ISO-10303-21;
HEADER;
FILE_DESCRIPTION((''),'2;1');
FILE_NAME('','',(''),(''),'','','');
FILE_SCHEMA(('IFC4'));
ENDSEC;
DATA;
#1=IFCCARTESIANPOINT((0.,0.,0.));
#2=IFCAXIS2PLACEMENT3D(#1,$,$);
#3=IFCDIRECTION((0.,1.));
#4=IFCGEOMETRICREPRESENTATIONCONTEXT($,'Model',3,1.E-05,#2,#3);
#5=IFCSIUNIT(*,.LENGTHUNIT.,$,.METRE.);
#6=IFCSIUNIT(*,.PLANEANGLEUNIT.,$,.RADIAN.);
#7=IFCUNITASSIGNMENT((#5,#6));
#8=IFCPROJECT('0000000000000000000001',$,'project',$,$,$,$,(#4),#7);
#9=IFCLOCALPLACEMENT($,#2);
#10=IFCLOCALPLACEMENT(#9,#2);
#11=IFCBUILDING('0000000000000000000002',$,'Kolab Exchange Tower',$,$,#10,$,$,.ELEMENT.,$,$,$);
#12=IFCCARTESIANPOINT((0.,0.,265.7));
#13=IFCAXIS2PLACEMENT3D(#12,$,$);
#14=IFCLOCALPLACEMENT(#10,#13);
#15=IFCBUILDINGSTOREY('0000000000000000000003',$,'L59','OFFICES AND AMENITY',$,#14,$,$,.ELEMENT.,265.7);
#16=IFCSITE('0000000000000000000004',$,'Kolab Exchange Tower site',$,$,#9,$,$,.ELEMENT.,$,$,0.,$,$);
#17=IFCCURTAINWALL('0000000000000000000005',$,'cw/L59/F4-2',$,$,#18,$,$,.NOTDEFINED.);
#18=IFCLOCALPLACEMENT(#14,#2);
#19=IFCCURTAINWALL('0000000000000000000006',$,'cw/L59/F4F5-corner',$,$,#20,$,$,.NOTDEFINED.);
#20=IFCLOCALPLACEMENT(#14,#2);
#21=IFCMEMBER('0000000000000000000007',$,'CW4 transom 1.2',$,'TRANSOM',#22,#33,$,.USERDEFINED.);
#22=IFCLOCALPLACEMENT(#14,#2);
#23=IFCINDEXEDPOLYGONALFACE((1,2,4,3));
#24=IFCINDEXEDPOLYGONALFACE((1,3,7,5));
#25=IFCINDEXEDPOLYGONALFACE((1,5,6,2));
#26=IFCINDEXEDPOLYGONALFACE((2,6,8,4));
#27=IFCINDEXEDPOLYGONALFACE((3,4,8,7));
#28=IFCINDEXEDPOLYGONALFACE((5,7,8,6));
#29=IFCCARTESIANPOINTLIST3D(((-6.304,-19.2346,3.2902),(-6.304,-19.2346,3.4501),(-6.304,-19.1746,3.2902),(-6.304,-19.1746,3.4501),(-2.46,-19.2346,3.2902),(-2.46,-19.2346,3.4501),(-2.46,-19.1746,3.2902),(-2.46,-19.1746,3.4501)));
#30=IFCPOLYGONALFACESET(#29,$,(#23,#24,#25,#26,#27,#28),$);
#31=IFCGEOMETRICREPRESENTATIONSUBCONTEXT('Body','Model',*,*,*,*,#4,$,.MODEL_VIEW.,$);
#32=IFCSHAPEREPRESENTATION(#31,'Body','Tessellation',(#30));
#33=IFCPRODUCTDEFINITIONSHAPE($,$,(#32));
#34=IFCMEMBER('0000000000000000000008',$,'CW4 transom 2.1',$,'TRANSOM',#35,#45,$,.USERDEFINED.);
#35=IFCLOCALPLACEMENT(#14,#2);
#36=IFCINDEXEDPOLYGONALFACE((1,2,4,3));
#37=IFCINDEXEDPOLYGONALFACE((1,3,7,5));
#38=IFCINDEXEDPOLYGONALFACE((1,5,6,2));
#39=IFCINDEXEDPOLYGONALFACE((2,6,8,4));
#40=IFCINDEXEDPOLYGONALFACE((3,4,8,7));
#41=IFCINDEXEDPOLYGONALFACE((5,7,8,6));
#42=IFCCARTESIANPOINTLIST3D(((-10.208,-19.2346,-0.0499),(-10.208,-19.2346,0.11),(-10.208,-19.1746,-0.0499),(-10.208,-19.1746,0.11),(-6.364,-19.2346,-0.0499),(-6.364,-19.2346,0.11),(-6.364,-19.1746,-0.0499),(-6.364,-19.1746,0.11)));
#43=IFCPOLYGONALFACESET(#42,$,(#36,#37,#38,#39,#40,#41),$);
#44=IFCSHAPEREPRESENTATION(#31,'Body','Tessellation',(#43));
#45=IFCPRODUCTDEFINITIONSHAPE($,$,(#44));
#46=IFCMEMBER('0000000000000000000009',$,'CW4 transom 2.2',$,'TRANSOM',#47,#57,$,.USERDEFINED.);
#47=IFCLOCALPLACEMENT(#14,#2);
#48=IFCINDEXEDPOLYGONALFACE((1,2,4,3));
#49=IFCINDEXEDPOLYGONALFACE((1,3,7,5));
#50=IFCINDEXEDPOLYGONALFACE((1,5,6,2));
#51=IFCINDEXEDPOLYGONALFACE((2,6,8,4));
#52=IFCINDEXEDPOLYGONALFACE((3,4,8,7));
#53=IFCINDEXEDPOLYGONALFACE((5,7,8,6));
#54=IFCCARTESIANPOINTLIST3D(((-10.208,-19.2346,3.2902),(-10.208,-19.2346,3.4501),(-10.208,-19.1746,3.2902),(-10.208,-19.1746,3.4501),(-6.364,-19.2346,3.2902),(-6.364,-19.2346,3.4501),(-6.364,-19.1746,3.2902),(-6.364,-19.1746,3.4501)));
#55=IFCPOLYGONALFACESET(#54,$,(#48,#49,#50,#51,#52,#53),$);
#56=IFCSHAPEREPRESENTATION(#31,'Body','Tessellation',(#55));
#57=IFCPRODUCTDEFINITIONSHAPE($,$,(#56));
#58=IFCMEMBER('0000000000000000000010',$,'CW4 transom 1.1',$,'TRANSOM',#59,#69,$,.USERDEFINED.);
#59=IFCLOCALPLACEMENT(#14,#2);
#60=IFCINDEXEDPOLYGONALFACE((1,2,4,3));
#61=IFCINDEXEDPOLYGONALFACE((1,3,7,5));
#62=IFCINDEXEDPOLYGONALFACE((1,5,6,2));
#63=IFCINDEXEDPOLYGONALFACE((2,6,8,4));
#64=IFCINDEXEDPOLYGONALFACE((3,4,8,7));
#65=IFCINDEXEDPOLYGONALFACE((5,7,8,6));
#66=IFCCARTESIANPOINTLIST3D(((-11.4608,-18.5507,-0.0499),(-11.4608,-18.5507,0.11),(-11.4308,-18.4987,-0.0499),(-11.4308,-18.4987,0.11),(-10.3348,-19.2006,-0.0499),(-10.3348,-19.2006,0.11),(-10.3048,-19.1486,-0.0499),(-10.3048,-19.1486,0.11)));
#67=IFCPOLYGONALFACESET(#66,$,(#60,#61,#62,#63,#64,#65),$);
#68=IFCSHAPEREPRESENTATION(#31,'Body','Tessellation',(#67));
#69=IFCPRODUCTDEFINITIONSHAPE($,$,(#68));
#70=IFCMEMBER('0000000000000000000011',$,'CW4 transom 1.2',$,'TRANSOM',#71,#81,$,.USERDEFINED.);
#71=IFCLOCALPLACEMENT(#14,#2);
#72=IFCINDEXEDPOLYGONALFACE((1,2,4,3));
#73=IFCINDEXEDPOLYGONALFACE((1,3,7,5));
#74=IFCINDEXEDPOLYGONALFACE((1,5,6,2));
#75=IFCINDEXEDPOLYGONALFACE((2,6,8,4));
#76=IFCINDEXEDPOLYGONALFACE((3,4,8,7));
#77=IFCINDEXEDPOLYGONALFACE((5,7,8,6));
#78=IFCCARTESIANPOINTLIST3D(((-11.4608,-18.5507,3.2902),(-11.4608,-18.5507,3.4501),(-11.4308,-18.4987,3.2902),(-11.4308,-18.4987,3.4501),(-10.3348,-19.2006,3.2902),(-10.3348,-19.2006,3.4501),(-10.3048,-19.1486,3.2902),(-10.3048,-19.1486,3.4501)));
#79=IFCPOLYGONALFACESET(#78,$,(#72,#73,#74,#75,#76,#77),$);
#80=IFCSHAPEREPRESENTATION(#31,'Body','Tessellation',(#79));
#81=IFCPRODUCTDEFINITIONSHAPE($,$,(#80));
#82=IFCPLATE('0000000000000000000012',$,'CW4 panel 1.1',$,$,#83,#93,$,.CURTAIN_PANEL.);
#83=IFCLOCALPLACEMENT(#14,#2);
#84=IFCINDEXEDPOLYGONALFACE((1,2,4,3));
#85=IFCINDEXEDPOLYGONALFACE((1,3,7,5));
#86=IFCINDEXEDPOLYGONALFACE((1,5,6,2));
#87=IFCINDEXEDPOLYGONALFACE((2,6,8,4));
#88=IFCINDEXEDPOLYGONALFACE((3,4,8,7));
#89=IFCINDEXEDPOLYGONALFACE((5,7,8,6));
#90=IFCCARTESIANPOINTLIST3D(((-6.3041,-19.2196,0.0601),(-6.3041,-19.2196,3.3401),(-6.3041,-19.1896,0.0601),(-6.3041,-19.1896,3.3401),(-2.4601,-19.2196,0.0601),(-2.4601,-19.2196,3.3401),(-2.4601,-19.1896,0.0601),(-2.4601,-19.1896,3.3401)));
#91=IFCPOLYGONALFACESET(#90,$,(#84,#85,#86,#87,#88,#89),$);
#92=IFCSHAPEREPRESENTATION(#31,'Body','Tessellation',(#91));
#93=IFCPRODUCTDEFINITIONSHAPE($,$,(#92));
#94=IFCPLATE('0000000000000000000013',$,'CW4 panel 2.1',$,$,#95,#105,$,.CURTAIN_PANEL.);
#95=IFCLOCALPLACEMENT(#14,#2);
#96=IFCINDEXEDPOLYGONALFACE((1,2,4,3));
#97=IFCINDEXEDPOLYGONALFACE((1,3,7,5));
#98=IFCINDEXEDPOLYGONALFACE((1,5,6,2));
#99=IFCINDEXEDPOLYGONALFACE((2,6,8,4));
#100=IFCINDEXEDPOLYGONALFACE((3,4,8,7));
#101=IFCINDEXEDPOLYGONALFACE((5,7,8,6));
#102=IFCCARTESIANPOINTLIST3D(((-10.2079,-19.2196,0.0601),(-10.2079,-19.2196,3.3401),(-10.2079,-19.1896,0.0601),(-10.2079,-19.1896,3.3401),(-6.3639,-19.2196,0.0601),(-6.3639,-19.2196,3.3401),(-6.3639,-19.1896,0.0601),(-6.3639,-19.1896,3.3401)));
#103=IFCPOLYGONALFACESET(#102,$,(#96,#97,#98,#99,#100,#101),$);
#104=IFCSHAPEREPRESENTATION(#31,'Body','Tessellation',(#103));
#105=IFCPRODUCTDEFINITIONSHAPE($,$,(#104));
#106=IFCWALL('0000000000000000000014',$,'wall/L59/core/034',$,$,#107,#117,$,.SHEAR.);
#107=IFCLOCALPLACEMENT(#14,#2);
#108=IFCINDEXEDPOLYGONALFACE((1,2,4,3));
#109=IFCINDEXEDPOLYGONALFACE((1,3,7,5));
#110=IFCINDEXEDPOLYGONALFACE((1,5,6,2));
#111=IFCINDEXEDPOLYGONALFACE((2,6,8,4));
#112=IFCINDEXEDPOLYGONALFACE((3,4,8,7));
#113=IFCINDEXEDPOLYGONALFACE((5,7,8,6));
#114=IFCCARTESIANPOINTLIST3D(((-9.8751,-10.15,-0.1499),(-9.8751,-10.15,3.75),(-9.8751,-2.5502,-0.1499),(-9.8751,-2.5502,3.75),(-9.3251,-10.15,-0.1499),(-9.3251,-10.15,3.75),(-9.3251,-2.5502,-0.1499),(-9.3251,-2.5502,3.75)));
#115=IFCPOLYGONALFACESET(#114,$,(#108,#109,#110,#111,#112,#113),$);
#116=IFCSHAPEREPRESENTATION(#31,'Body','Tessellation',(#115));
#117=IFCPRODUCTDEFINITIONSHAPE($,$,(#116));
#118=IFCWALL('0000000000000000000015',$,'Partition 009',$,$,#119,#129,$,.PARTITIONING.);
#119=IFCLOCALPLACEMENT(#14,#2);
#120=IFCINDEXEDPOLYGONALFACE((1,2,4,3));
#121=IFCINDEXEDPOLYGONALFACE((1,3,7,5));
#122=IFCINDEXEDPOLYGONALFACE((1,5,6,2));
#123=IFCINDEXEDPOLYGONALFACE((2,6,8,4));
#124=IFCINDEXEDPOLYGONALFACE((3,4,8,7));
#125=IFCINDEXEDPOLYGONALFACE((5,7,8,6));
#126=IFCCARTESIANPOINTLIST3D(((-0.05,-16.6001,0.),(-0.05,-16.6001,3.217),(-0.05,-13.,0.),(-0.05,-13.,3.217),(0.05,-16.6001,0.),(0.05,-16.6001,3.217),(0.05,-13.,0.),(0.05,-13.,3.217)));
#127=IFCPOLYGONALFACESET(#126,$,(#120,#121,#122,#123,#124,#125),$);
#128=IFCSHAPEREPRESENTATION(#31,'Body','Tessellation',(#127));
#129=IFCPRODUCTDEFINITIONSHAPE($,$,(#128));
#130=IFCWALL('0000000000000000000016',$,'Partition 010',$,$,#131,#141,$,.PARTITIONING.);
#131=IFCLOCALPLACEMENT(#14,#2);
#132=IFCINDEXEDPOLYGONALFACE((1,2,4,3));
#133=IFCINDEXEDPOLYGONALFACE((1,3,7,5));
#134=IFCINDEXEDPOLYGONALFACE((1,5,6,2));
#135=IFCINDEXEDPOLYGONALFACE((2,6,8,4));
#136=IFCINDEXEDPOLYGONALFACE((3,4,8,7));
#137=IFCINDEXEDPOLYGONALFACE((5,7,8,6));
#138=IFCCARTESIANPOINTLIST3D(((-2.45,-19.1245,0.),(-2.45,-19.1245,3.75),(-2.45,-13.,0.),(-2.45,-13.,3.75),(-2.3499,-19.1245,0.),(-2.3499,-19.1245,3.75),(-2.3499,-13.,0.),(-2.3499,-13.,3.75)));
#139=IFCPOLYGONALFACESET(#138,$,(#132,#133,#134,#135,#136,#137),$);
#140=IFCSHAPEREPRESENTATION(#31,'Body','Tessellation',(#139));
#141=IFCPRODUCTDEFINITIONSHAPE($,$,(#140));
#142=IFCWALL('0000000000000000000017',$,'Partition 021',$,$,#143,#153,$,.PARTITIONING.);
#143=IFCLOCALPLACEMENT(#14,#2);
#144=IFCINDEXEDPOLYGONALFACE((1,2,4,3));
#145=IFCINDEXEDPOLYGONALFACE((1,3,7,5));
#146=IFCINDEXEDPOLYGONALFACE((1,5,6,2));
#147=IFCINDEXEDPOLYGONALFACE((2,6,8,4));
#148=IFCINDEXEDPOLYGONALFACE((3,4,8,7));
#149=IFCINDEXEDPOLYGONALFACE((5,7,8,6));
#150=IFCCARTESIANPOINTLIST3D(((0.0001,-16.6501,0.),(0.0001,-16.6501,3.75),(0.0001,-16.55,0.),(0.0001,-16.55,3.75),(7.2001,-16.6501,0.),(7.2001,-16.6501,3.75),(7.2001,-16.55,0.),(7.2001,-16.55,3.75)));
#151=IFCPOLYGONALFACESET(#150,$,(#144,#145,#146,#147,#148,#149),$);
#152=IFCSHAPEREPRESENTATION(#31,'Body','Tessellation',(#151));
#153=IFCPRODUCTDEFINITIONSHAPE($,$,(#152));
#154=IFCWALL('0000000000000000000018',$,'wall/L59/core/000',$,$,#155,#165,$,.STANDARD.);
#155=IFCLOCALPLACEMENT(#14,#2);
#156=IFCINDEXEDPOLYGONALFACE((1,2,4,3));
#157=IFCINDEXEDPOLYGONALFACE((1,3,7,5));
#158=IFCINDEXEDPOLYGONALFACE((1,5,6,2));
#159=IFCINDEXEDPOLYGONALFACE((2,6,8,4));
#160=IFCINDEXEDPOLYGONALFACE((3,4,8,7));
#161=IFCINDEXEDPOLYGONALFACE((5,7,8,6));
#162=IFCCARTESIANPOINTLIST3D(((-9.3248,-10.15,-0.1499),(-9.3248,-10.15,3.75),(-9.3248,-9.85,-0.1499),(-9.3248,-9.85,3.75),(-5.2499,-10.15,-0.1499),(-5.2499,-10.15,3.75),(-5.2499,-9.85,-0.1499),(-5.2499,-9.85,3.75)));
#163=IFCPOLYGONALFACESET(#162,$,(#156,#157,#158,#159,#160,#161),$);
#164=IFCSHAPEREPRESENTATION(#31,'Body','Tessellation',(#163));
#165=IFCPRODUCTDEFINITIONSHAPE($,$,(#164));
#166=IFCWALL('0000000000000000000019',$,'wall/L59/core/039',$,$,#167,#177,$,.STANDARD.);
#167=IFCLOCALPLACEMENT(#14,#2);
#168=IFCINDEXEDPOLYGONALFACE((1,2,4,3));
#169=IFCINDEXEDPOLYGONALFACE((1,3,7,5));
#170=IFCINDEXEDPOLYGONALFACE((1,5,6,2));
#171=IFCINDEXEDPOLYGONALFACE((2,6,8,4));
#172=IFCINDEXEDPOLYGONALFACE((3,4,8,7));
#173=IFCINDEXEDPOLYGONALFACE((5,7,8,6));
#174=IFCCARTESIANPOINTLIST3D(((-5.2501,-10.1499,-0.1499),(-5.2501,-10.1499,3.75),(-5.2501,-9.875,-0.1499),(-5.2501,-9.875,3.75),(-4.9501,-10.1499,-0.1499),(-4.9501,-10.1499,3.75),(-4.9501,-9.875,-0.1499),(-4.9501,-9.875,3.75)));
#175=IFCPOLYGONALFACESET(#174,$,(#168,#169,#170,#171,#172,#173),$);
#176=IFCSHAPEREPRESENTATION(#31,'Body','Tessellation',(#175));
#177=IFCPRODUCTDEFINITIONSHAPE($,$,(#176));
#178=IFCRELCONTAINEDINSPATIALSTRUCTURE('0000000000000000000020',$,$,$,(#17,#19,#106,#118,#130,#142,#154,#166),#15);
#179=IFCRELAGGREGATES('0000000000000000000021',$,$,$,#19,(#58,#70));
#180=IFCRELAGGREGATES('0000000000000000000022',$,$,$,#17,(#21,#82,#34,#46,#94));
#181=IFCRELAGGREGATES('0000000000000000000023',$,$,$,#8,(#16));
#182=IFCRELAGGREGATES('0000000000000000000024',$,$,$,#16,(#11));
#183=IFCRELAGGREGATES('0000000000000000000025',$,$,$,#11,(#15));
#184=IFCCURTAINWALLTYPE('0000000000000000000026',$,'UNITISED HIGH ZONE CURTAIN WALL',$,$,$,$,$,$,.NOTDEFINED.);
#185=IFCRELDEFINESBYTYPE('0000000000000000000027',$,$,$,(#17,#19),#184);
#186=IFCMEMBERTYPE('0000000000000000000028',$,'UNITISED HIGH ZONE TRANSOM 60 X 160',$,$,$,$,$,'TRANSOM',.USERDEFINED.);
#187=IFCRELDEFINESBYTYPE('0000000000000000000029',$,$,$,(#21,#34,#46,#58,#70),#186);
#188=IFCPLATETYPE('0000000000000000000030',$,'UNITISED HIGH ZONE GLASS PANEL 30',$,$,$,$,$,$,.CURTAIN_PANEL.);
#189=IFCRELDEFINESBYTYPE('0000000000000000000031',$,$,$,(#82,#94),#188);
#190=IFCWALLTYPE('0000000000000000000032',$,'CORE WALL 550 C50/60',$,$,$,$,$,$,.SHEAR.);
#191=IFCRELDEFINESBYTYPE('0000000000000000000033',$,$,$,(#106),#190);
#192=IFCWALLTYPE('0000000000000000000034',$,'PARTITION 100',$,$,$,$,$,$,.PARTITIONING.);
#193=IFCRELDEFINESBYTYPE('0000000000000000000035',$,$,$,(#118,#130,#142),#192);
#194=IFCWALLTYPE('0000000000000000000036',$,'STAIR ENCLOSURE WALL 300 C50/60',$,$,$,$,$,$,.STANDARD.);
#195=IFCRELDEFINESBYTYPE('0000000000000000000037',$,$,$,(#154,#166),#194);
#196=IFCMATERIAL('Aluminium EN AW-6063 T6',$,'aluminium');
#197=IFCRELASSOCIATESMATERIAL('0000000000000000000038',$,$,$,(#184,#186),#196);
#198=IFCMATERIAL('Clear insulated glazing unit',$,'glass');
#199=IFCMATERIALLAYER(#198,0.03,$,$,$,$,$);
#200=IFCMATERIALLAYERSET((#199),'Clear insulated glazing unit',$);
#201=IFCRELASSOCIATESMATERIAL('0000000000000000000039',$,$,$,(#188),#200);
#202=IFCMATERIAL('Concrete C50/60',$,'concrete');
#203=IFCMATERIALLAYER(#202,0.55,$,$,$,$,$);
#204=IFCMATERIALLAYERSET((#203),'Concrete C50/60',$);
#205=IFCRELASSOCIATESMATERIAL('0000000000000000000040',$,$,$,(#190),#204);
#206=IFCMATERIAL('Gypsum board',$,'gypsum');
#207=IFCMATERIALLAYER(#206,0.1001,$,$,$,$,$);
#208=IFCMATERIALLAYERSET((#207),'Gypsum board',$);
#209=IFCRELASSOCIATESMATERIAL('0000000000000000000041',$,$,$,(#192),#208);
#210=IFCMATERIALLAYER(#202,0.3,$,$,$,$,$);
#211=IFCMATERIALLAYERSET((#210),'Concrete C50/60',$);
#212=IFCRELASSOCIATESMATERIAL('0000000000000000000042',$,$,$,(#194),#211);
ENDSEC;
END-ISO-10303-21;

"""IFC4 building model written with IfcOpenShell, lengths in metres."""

from ifc_helpers import new_model, si_unit, direction, frame, frame_2d, origin, origin_2d, place, context, subcontext, project, spatial, rectangle, extrude, material, layer, layer_set, material_profile, profile_set, type_object, element, aggregate, save


model = new_model("IFC4")

# Units and contexts
model_context = context("Model", 3, precision=1e-05, world=origin(), true_north=direction((0.0, 1.0)))
body_context = subcontext(model_context, "Body", "Model", "MODEL_VIEW")
ifc_project = project(units=[si_unit("LENGTHUNIT", "METRE"), si_unit("PLANEANGLEUNIT", "RADIAN")], contexts=[model_context])

# Site, building, storey
site_placement = place(None, origin())
site = spatial("IfcSite", under=ifc_project, at=site_placement, Name="Kolab Exchange Tower site", CompositionType="ELEMENT", RefElevation=0.0)
building_placement = place(site_placement, origin())
building = spatial("IfcBuilding", under=site, at=building_placement, Name="Kolab Exchange Tower", CompositionType="ELEMENT")
storey_placement = place(building_placement, frame((0.0, 0.0, 265.7)))
storey = spatial("IfcBuildingStorey", under=building, at=storey_placement, Name="L59", Description="OFFICES AND AMENITY", CompositionType="ELEMENT", Elevation=265.7)

# Shared definitions
ifc_material_1 = material(Name="Concrete C50/60", Category="concrete")

# Curtain wall
ifc_material_2 = material(Name="Aluminium EN AW-6063 T6", Category="aluminium")
curtain_wall_type = type_object("IfcCurtainWallType", Name="UNITISED HIGH ZONE CURTAIN WALL", PredefinedType="NOTDEFINED", material=ifc_material_2)
curtain_wall_1_placement = place(storey_placement, origin())
curtain_wall_1 = element("IfcCurtainWall", 1, at=curtain_wall_1_placement, inside=storey, type_object=curtain_wall_type, Name="cw/L59/F4-2", PredefinedType="NOTDEFINED")

# Curtain wall
curtain_wall_2_placement = place(storey_placement, origin())
curtain_wall_2 = element("IfcCurtainWall", 2, at=curtain_wall_2_placement, inside=storey, type_object=curtain_wall_type, Name="cw/L59/F4F5-corner", PredefinedType="NOTDEFINED")

# Members
ifc_material_profile_1 = material_profile(ifc_material_2, rectangle(XDim=0.0601, YDim=0.1599, at=origin_2d()), Name="RECT 60X160")
ifc_profile_set_1 = profile_set([ifc_material_profile_1], Name="Aluminium EN AW-6063 T6")
member_type_1 = type_object("IfcMemberType", Name="UNITISED HIGH ZONE TRANSOM 60 X 160", ElementType="TRANSOM", PredefinedType="USERDEFINED", material=ifc_profile_set_1)
member_1_placement = place(storey_placement, frame((-2.46, -19.2046, 3.3701), z_axis=(-1.0, 0.0, 0.0), x_axis=(0.0, -1.0, 0.0)))
member_1 = element("IfcMember", 3, at=member_1_placement, type_object=member_type_1, Name="CW4 transom 1.2", ObjectType="TRANSOM", PredefinedType="USERDEFINED", context=body_context, shape_type="SweptSolid", body=[
    extrude(rectangle(XDim=0.0601, YDim=0.1599, at=origin_2d()), origin(), (0.0, 0.0, 1.0), 3.844),
])
member_2_placement = place(storey_placement, frame((-6.364, -19.2046, 0.03), z_axis=(-1.0, 0.0, 0.0), x_axis=(0.0, -1.0, 0.0)))
member_2 = element("IfcMember", 4, at=member_2_placement, type_object=member_type_1, Name="CW4 transom 2.1", ObjectType="TRANSOM", PredefinedType="USERDEFINED", context=body_context, shape_type="SweptSolid", body=[
    extrude(rectangle(XDim=0.0601, YDim=0.1599, at=origin_2d()), origin(), (0.0, 0.0, 1.0), 3.844),
])
member_3_placement = place(storey_placement, frame((-6.364, -19.2046, 3.3701), z_axis=(-1.0, 0.0, 0.0), x_axis=(0.0, -1.0, 0.0)))
member_3 = element("IfcMember", 5, at=member_3_placement, type_object=member_type_1, Name="CW4 transom 2.2", ObjectType="TRANSOM", PredefinedType="USERDEFINED", context=body_context, shape_type="SweptSolid", body=[
    extrude(rectangle(XDim=0.0601, YDim=0.1599, at=origin_2d()), origin(), (0.0, 0.0, 1.0), 3.844),
])
member_4_placement = place(storey_placement, frame((-10.3198, -19.1746, 0.03), z_axis=(-0.866086, 0.499896, 0.0), x_axis=(-0.499896, -0.866086, 0.0)))
member_4 = element("IfcMember", 6, at=member_4_placement, type_object=member_type_1, Name="CW4 transom 1.1", ObjectType="TRANSOM", PredefinedType="USERDEFINED", context=body_context, shape_type="SweptSolid", body=[
    extrude(rectangle(XDim=0.0601, YDim=0.1599, at=origin_2d()), origin(), (0.0, 0.0, 1.0), 1.3),
])
member_5_placement = place(storey_placement, frame((-10.3198, -19.1746, 3.3701), z_axis=(-0.866086, 0.499896, 0.0), x_axis=(-0.499896, -0.866086, 0.0)))
member_5 = element("IfcMember", 7, at=member_5_placement, type_object=member_type_1, Name="CW4 transom 1.2", ObjectType="TRANSOM", PredefinedType="USERDEFINED", context=body_context, shape_type="SweptSolid", body=[
    extrude(rectangle(XDim=0.0601, YDim=0.1599, at=origin_2d()), origin(), (0.0, 0.0, 1.0), 1.3),
])
aggregate(curtain_wall_2, [member_4, member_5])

# Plates
ifc_material_3 = material(Name="Clear insulated glazing unit", Category="glass")
ifc_layer_1 = layer(ifc_material_3, 0.03)
ifc_layer_set_1 = layer_set([ifc_layer_1], Name="Clear insulated glazing unit")
plate_type = type_object("IfcPlateType", Name="UNITISED HIGH ZONE GLASS PANEL 30", PredefinedType="CURTAIN_PANEL", material=ifc_layer_set_1)
plate_1_placement = place(storey_placement, frame((-4.3821, -19.2046, 0.0601), z_axis=(0.0, 0.0, 1.0), x_axis=(-1.0, 0.0, 0.0)))
plate_1 = element("IfcPlate", 8, at=plate_1_placement, type_object=plate_type, Name="CW4 panel 1.1", PredefinedType="CURTAIN_PANEL", context=body_context, shape_type="SweptSolid", body=[
    extrude(rectangle(XDim=3.844, YDim=0.03, at=origin_2d()), origin(), (0.0, 0.0, 1.0), 3.28),
])
plate_2_placement = place(storey_placement, frame((-8.2859, -19.2046, 0.0601), z_axis=(0.0, 0.0, 1.0), x_axis=(-1.0, 0.0, 0.0)))
plate_2 = element("IfcPlate", 9, at=plate_2_placement, type_object=plate_type, Name="CW4 panel 2.1", PredefinedType="CURTAIN_PANEL", context=body_context, shape_type="SweptSolid", body=[
    extrude(rectangle(XDim=3.844, YDim=0.03, at=origin_2d()), origin(), (0.0, 0.0, 1.0), 3.28),
])
aggregate(curtain_wall_1, [member_1, plate_1, member_2, member_3, plate_2])

# Walls
ifc_layer_2 = layer(ifc_material_1, 0.55)
ifc_layer_set_2 = layer_set([ifc_layer_2], Name="Concrete C50/60")
wall_type_1 = type_object("IfcWallType", Name="CORE WALL 550 C50/60", PredefinedType="SHEAR", material=ifc_layer_set_2)
wall_1_placement = place(storey_placement, frame((-9.6001, -10.1499, -0.1499), z_axis=(0.0, 0.0, 1.0), x_axis=(0.0, 1.0, 0.0)))
element("IfcWall", 10, at=wall_1_placement, inside=storey, type_object=wall_type_1, Name="wall/L59/core/034", PredefinedType="SHEAR", context=body_context, shape_type="SweptSolid", body=[
    extrude(rectangle(XDim=7.5999, YDim=0.55, at=frame_2d((3.7998, 0.0))), origin(), (0.0, 0.0, 1.0), 3.8999),
])
ifc_material_4 = material(Name="Gypsum board", Category="gypsum")
ifc_layer_3 = layer(ifc_material_4, 0.1001)
ifc_layer_set_3 = layer_set([ifc_layer_3], Name="Gypsum board")
wall_type_2 = type_object("IfcWallType", Name="PARTITION 100", PredefinedType="PARTITIONING", material=ifc_layer_set_3)
wall_2_placement = place(storey_placement, frame((0.0, -16.6001, 0.0), z_axis=(0.0, 0.0, 1.0), x_axis=(0.0, 1.0, 0.0)))
element("IfcWall", 11, at=wall_2_placement, inside=storey, type_object=wall_type_2, Name="Partition 009", PredefinedType="PARTITIONING", context=body_context, shape_type="SweptSolid", body=[
    extrude(rectangle(XDim=3.6001, YDim=0.1001, at=frame_2d((1.8, 0.0))), origin(), (0.0, 0.0, 1.0), 3.217),
])
wall_3_placement = place(storey_placement, frame((-2.3999, -19.1245, 0.0), z_axis=(0.0, 0.0, 1.0), x_axis=(0.0, 1.0, 0.0)))
element("IfcWall", 12, at=wall_3_placement, inside=storey, type_object=wall_type_2, Name="Partition 010", PredefinedType="PARTITIONING", context=body_context, shape_type="SweptSolid", body=[
    extrude(rectangle(XDim=6.1245, YDim=0.1001, at=frame_2d((3.0623, 0.0))), origin(), (0.0, 0.0, 1.0), 3.75),
])
wall_4_placement = place(storey_placement, frame((0.0, -16.6001, 0.0), z_axis=(0.0, 0.0, 1.0), x_axis=(1.0, 0.0, 0.0)))
element("IfcWall", 13, at=wall_4_placement, inside=storey, type_object=wall_type_2, Name="Partition 021", PredefinedType="PARTITIONING", context=body_context, shape_type="SweptSolid", body=[
    extrude(rectangle(XDim=7.2, YDim=0.1001, at=frame_2d((3.6001, 0.0))), origin(), (0.0, 0.0, 1.0), 3.75),
])
ifc_layer_4 = layer(ifc_material_1, 0.3)
ifc_layer_set_4 = layer_set([ifc_layer_4], Name="Concrete C50/60")
wall_type_3 = type_object("IfcWallType", Name="STAIR ENCLOSURE WALL 300 C50/60", PredefinedType="STANDARD", material=ifc_layer_set_4)
wall_5_placement = place(storey_placement, frame((-9.325, -10.0, -0.1499), z_axis=(0.0, 0.0, 1.0), x_axis=(1.0, 0.0, 0.0)))
element("IfcWall", 14, at=wall_5_placement, inside=storey, type_object=wall_type_3, Name="wall/L59/core/000", PredefinedType="STANDARD", context=body_context, shape_type="SweptSolid", body=[
    extrude(rectangle(XDim=4.075, YDim=0.3, at=frame_2d((2.0376, 0.0))), origin(), (0.0, 0.0, 1.0), 3.8999),
])
wall_6_placement = place(storey_placement, frame((-5.1001, -10.1499, -0.1499), z_axis=(0.0, 0.0, 1.0), x_axis=(0.0, 1.0, 0.0)))
element("IfcWall", 15, at=wall_6_placement, inside=storey, type_object=wall_type_3, Name="wall/L59/core/039", PredefinedType="STANDARD", context=body_context, shape_type="SweptSolid", body=[
    extrude(rectangle(XDim=0.2749, YDim=0.3, at=frame_2d((0.1375, 0.0))), origin(), (0.0, 0.0, 1.0), 3.8999),
])

save(model, "model.ifc")
